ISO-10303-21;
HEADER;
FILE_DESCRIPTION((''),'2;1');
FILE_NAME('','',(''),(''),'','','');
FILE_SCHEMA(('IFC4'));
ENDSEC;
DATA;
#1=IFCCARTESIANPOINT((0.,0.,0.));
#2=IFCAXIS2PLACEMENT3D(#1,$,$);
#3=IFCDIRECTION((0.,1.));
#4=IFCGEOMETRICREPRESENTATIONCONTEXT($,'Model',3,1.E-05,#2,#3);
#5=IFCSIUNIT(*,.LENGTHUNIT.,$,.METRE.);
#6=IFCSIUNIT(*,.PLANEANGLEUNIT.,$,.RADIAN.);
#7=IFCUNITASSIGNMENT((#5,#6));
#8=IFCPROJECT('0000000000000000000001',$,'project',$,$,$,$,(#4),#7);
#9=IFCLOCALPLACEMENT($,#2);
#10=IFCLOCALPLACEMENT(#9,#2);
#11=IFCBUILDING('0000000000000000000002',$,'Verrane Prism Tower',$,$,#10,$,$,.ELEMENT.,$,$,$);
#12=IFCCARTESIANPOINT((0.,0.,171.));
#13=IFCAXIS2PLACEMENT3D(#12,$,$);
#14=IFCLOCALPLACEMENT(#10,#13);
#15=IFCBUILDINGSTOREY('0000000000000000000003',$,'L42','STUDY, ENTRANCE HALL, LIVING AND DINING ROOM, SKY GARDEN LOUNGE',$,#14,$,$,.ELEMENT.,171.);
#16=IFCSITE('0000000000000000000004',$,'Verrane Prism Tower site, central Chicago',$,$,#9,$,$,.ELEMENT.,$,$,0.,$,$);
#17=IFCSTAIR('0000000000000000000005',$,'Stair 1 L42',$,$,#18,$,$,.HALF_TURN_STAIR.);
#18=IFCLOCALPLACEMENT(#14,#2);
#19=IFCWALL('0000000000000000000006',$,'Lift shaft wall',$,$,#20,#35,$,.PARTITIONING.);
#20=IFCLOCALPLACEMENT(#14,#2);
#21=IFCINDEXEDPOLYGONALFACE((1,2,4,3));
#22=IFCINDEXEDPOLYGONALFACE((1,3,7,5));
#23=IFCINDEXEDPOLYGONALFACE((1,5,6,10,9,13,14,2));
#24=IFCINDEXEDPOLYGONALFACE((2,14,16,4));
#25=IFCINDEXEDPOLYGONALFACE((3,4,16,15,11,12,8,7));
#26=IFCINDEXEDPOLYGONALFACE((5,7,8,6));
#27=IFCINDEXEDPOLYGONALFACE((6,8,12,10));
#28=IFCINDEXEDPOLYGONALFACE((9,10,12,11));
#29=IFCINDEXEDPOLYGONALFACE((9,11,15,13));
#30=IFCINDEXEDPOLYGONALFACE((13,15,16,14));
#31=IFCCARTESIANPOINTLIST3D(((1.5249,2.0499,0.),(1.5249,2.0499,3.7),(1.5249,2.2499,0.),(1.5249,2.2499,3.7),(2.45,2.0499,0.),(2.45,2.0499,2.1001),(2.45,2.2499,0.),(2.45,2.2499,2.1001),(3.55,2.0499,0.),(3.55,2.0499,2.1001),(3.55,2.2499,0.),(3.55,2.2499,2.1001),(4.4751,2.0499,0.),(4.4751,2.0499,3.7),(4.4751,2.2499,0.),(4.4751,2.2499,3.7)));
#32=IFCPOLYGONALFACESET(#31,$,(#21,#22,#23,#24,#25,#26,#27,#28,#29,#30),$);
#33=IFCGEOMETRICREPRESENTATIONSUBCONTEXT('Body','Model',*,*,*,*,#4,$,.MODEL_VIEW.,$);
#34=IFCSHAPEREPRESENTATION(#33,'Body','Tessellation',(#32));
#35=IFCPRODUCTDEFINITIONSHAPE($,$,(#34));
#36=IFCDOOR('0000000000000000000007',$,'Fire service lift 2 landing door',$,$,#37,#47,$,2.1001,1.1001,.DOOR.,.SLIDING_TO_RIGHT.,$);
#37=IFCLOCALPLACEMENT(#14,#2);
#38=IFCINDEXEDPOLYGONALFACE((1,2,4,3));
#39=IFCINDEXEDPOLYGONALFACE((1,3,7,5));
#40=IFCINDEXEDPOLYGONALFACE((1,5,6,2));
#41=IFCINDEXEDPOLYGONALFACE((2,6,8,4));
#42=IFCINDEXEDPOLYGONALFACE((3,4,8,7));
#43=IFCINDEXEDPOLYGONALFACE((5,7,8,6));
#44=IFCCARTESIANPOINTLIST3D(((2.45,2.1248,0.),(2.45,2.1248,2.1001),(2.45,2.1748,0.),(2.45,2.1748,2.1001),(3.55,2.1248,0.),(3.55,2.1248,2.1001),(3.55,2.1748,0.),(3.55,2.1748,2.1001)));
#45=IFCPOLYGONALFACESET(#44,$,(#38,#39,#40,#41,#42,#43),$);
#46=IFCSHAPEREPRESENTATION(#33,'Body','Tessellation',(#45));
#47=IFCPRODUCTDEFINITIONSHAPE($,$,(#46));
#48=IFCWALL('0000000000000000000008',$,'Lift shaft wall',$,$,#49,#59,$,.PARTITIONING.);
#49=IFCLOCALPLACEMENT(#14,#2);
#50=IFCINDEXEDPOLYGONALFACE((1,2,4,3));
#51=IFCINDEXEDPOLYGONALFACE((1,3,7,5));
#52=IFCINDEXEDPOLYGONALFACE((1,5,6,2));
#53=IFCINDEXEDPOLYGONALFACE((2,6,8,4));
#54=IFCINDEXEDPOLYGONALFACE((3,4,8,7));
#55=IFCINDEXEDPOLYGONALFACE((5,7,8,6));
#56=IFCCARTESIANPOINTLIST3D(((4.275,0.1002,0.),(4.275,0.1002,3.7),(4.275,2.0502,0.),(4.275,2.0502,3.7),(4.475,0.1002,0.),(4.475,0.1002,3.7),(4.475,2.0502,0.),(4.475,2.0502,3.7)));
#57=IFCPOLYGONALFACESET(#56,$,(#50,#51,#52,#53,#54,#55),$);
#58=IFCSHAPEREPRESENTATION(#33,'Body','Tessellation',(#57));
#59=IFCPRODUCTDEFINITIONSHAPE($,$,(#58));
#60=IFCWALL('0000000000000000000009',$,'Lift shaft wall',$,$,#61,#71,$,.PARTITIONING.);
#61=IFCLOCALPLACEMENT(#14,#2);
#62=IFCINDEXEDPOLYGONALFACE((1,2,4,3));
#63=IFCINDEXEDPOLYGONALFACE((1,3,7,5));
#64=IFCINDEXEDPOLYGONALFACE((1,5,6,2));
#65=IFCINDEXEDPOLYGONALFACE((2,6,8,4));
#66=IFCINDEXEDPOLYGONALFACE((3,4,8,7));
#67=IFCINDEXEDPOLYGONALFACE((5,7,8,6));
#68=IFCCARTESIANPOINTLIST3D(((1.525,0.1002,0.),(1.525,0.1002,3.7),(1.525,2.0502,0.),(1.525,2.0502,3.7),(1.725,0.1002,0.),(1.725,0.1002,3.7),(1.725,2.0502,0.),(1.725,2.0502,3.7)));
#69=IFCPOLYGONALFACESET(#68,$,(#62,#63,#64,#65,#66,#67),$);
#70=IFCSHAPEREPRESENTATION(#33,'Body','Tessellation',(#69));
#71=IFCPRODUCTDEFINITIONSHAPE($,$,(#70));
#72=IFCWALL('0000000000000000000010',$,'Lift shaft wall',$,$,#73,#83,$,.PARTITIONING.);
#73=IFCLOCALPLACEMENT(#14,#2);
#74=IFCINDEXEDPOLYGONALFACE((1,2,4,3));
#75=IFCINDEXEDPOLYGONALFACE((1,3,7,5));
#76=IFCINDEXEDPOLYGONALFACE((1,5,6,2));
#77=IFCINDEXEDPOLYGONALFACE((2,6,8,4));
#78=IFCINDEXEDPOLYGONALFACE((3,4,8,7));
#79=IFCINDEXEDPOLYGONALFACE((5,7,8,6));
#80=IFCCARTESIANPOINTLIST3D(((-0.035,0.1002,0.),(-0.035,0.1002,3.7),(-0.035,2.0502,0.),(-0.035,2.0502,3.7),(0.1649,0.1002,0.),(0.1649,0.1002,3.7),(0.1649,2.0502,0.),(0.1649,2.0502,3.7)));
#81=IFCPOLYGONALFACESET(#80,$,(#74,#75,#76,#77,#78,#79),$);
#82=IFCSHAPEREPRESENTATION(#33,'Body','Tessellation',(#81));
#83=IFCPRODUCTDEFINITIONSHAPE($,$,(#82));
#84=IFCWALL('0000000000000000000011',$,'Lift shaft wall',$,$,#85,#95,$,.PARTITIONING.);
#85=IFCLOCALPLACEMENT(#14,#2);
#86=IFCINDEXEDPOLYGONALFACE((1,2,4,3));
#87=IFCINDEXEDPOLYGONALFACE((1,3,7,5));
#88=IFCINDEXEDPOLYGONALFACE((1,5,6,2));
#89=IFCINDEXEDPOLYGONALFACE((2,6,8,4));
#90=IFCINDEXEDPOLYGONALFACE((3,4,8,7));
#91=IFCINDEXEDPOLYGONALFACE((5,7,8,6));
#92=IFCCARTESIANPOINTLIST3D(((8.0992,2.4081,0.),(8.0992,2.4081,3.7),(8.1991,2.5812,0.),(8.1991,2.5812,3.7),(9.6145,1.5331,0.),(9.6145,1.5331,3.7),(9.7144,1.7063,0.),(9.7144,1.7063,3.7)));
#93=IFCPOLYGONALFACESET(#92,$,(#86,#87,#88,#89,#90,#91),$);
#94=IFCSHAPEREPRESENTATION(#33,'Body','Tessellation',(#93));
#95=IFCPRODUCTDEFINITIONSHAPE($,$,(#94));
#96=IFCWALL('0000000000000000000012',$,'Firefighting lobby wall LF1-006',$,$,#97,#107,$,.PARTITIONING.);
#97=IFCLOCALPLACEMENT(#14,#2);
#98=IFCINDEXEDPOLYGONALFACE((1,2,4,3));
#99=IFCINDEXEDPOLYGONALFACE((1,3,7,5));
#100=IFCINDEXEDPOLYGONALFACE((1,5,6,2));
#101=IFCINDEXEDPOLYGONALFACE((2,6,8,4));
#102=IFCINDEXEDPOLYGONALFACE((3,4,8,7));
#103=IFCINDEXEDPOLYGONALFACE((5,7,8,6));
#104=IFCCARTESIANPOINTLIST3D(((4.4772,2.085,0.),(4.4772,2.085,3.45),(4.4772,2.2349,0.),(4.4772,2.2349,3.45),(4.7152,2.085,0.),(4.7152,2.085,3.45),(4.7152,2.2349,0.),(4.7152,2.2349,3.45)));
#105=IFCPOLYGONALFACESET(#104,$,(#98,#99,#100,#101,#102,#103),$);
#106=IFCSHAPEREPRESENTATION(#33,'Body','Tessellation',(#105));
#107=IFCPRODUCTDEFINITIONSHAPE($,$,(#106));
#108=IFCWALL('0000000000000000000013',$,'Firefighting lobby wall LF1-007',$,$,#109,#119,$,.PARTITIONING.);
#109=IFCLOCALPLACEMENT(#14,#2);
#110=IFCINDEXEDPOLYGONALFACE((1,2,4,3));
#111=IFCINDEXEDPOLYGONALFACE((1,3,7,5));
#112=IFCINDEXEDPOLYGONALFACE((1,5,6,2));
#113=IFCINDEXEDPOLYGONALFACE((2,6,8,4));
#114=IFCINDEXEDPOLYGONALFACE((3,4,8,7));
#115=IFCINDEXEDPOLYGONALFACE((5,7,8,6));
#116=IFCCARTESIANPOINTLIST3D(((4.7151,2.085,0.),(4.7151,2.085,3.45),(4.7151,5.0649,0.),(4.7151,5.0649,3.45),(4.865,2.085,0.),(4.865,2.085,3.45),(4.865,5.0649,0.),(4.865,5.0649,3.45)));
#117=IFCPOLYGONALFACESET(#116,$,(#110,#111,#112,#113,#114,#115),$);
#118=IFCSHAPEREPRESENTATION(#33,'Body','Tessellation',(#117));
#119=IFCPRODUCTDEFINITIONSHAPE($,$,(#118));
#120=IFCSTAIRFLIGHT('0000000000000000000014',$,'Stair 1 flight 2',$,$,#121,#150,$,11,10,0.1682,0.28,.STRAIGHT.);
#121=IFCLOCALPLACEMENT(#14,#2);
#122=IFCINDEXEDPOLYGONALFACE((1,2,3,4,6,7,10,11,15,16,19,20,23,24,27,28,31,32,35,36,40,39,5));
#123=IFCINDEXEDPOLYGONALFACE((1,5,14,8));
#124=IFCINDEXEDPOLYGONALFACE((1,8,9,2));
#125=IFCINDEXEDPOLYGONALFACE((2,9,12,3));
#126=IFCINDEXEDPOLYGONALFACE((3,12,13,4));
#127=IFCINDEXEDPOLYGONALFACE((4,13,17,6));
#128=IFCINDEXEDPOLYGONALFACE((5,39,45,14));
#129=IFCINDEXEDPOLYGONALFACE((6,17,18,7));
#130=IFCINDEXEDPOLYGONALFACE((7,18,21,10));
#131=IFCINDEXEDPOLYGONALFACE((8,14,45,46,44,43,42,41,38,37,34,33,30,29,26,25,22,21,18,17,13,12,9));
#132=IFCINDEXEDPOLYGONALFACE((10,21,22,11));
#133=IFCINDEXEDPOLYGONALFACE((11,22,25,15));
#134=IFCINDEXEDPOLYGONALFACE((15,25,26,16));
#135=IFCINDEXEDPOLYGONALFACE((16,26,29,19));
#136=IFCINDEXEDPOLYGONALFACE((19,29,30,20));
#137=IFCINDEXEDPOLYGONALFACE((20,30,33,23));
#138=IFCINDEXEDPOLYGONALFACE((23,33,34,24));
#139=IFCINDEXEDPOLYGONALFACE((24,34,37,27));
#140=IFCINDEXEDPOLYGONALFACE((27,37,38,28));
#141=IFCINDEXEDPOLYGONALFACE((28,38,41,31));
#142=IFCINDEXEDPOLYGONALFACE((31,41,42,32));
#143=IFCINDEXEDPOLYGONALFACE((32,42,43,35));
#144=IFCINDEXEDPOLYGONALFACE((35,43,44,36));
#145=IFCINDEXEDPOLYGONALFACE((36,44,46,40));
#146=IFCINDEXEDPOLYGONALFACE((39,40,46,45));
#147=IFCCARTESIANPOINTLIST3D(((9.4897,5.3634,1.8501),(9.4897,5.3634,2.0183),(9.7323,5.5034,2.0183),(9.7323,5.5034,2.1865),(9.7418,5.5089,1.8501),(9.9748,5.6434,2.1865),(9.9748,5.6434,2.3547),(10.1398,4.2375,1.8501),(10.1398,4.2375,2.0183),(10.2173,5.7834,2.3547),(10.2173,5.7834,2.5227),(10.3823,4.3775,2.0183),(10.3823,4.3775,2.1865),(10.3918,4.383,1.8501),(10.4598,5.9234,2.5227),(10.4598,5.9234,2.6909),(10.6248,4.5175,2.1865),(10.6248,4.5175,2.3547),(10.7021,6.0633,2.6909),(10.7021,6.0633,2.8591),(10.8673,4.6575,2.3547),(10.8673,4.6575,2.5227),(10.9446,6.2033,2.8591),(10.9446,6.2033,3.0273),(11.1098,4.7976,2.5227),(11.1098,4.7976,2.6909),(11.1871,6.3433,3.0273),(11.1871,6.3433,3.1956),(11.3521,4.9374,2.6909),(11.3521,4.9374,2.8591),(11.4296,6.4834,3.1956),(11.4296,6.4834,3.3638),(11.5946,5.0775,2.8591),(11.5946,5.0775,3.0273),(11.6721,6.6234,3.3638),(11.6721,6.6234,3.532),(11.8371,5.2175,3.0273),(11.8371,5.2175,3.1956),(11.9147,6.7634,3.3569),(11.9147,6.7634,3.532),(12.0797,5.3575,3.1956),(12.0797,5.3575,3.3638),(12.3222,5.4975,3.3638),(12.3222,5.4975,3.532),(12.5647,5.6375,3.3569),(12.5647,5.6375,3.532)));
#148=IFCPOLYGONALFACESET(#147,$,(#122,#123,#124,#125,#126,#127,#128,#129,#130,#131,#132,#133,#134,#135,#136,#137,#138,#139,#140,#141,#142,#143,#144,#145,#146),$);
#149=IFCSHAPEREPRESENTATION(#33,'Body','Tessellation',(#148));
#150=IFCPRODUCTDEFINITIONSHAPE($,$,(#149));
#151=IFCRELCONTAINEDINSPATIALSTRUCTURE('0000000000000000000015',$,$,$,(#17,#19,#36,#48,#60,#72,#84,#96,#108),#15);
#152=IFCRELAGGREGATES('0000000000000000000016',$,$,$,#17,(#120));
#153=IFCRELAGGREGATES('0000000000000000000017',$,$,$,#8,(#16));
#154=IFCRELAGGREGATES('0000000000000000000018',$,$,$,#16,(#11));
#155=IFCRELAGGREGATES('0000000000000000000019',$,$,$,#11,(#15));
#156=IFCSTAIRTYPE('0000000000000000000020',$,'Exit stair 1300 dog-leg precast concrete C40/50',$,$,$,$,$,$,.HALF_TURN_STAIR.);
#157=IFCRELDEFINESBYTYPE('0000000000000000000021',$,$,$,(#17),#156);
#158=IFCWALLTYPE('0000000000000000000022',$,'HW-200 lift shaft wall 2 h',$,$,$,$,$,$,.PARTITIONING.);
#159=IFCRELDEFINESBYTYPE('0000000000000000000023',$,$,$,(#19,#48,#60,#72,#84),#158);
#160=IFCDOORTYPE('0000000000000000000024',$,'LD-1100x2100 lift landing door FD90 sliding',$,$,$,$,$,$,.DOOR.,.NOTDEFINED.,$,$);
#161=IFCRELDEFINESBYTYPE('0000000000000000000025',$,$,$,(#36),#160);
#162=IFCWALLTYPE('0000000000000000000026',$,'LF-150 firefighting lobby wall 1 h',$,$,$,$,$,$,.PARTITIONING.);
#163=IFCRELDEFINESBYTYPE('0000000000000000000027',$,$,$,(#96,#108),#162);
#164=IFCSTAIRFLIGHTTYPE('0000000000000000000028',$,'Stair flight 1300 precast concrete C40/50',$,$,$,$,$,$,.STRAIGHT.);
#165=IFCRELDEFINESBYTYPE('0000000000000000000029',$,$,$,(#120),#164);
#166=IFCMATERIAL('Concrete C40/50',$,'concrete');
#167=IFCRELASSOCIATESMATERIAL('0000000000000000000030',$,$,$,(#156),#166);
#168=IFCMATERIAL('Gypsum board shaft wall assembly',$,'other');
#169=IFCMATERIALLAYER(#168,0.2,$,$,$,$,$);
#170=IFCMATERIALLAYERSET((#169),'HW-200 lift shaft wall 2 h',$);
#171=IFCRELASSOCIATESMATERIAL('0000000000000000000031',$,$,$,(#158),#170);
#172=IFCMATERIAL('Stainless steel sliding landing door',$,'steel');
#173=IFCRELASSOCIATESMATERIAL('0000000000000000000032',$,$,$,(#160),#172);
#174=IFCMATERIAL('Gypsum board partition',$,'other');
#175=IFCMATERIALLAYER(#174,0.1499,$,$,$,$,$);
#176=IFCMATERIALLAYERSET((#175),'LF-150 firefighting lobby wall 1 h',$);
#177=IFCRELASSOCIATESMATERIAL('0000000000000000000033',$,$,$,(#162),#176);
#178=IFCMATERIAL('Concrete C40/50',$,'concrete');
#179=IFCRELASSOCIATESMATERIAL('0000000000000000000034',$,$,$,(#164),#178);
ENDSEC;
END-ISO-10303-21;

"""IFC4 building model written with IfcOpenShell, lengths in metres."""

from ifc_helpers import new_model, si_unit, direction, frame, frame_2d, origin, place, context, subcontext, project, spatial, polyline, rectangle, outline, extrude, material, layer, layer_set, type_object, element, fill, aggregate, save


model = new_model("IFC4")

# Units and contexts
model_context = context("Model", 3, precision=1e-05, world=origin(), true_north=direction((0.0, 1.0)))
body_context = subcontext(model_context, "Body", "Model", "MODEL_VIEW")
ifc_project = project(units=[si_unit("LENGTHUNIT", "METRE"), si_unit("PLANEANGLEUNIT", "RADIAN")], contexts=[model_context])

# Site, building, storey
site_placement = place(None, origin())
site = spatial("IfcSite", under=ifc_project, at=site_placement, Name="Verrane Prism Tower site, central Chicago", CompositionType="ELEMENT", RefElevation=0.0)
building_placement = place(site_placement, origin())
building = spatial("IfcBuilding", under=site, at=building_placement, Name="Verrane Prism Tower", CompositionType="ELEMENT")
storey_placement = place(building_placement, frame((0.0, 0.0, 171.0)))
storey = spatial("IfcBuildingStorey", under=building, at=storey_placement, Name="L42", Description="STUDY, ENTRANCE HALL, LIVING AND DINING ROOM, SKY GARDEN LOUNGE", CompositionType="ELEMENT", Elevation=171.0)

# Stair
ifc_material_1 = material(Name="Concrete C40/50", Category="concrete")
stair_type = type_object("IfcStairType", Name="Exit stair 1300 dog-leg precast concrete C40/50", PredefinedType="HALF_TURN_STAIR", material=ifc_material_1)
stair_1_placement = place(storey_placement, origin())
stair_1 = element("IfcStair", 1, at=stair_1_placement, inside=storey, type_object=stair_type, Name="Stair 1 L42", PredefinedType="HALF_TURN_STAIR")

# Wall, opening, door
ifc_material_2 = material(Name="Gypsum board shaft wall assembly", Category="other")
ifc_layer_1 = layer(ifc_material_2, 0.2)
ifc_layer_set_1 = layer_set([ifc_layer_1], Name="HW-200 lift shaft wall 2 h")
wall_type_1 = type_object("IfcWallType", Name="HW-200 lift shaft wall 2 h", PredefinedType="PARTITIONING", material=ifc_layer_set_1)
wall_1_placement = place(storey_placement, frame((1.5249, 2.1499, 0.0), z_axis=(0.0, 0.0, 1.0), x_axis=(1.0, 0.0, 0.0)))
wall_1 = element("IfcWall", 2, at=wall_1_placement, inside=storey, type_object=wall_type_1, Name="Lift shaft wall", PredefinedType="PARTITIONING", context=body_context, shape_type="SweptSolid", body=[
    extrude(rectangle(XDim=2.9502, YDim=0.2, at=frame_2d((1.4751, 0.0))), origin(), (0.0, 0.0, 1.0), 3.7),
])
opening_placement = place(wall_1_placement, frame((0.925, 0.0, 0.0)))
opening = element("IfcOpeningElement", 3, at=opening_placement, cuts=wall_1, PredefinedType="OPENING", context=body_context, shape_type="SweptSolid", body=[
    extrude(rectangle(XDim=1.1001, YDim=2.1001, at=frame_2d((0.55, 1.05))), frame((0.0, 0.1099, 0.0), z_axis=(0.0, -1.0, 0.0), x_axis=(1.0, 0.0, 0.0)), (0.0, 0.0, 1.0), 0.22),
])
ifc_material_3 = material(Name="Stainless steel sliding landing door", Category="steel")
door_type = type_object("IfcDoorType", Name="LD-1100x2100 lift landing door FD90 sliding", OperationType="NOTDEFINED", PredefinedType="DOOR", material=ifc_material_3)
door_placement = place(opening_placement, origin())
door = element("IfcDoor", 4, at=door_placement, inside=storey, type_object=door_type, Name="Fire service lift 2 landing door", OperationType="SLIDING_TO_RIGHT", OverallHeight=2.1001, OverallWidth=1.1001, PredefinedType="DOOR", context=body_context, shape_type="SweptSolid", body=[
    extrude(rectangle(XDim=1.1001, YDim=2.1001, at=frame_2d((0.55, 1.05))), frame((0.0, 0.0249, 0.0), z_axis=(0.0, -1.0, 0.0), x_axis=(1.0, 0.0, 0.0)), (0.0, 0.0, 1.0), 0.05),
])
fill(opening, door)

# Walls
for number, where, z_axis, x_axis, name in (
    (5, (4.375, 0.1001, 0.0), (0.0, 0.0, 1.0), (0.0, 1.0, 0.0), "Lift shaft wall"),
    (6, (1.625, 0.1001, 0.0), (0.0, 0.0, 1.0), (0.0, 1.0, 0.0), "Lift shaft wall"),
    (7, (0.0649, 0.1001, 0.0), (0.0, 0.0, 1.0), (0.0, 1.0, 0.0), "Lift shaft wall"),
):
    element("IfcWall", number, at=place(storey_placement, frame(where, z_axis=z_axis, x_axis=x_axis)), inside=storey, type_object=wall_type_1, Name=name, PredefinedType="PARTITIONING", context=body_context, shape_type="SweptSolid", body=[
        extrude(rectangle(XDim=1.95, YDim=0.2, at=frame_2d((0.9751, 0.0))), origin(), (0.0, 0.0, 1.0), 3.7),
    ])
wall_2_placement = place(storey_placement, frame((9.6646, 1.6196, 0.0), z_axis=(0.0, 0.0, 1.0), x_axis=(-0.866002, 0.50004, 0.0)))
element("IfcWall", 8, at=wall_2_placement, inside=storey, type_object=wall_type_1, Name="Lift shaft wall", PredefinedType="PARTITIONING", context=body_context, shape_type="SweptSolid", body=[
    extrude(rectangle(XDim=1.7498, YDim=0.2, at=frame_2d((0.875, 0.0))), origin(), (0.0, 0.0, 1.0), 3.7),
])
ifc_material_4 = material(Name="Gypsum board partition", Category="other")
ifc_layer_2 = layer(ifc_material_4, 0.1499)
ifc_layer_set_2 = layer_set([ifc_layer_2], Name="LF-150 firefighting lobby wall 1 h")
wall_type_2 = type_object("IfcWallType", Name="LF-150 firefighting lobby wall 1 h", PredefinedType="PARTITIONING", material=ifc_layer_set_2)
wall_3_placement = place(storey_placement, frame((4.4771, 2.1599, 0.0), z_axis=(0.0, 0.0, 1.0), x_axis=(1.0, 0.0, 0.0)))
element("IfcWall", 9, at=wall_3_placement, inside=storey, type_object=wall_type_2, Name="Firefighting lobby wall LF1-006", PredefinedType="PARTITIONING", context=body_context, shape_type="SweptSolid", body=[
    extrude(rectangle(XDim=0.238, YDim=0.1499, at=frame_2d((0.1191, 0.0))), origin(), (0.0, 0.0, 1.0), 3.45),
])
wall_4_placement = place(storey_placement, frame((4.79, 2.085, 0.0), z_axis=(0.0, 0.0, 1.0), x_axis=(0.0, 1.0, 0.0)))
element("IfcWall", 10, at=wall_4_placement, inside=storey, type_object=wall_type_2, Name="Firefighting lobby wall LF1-007", PredefinedType="PARTITIONING", context=body_context, shape_type="SweptSolid", body=[
    extrude(rectangle(XDim=2.98, YDim=0.1499, at=frame_2d((1.49, 0.0))), origin(), (0.0, 0.0, 1.0), 3.45),
])

# Stair flight
ifc_material_5 = material(Name="Concrete C40/50", Category="concrete")
stair_flight_type = type_object("IfcStairFlightType", Name="Stair flight 1300 precast concrete C40/50", PredefinedType="STRAIGHT", material=ifc_material_5)
stair_flight_placement = place(storey_placement, frame((9.8147, 4.8005, 1.8501), z_axis=(0.0, 0.0, 1.0), x_axis=(0.866025, 0.5, 0.0)))
stair_flight = element("IfcStairFlight", 11, at=stair_flight_placement, type_object=stair_flight_type, Name="Stair 1 flight 2", NumberOfRisers=11, NumberOfTreads=10, PredefinedType="STRAIGHT", RiserHeight=0.1682, TreadLength=0.28, context=body_context, shape_type="SweptSolid", body=[
    extrude(outline(polyline([(0.0, 0.0), (0.0, 0.1682), (0.28, 0.1682), (0.28, 0.3364), (0.5601, 0.3364), (0.5601, 0.5046), (0.8401, 0.5046), (0.8401, 0.6726), (1.1201, 0.6726), (1.1201, 0.8408), (1.3999, 0.8408), (1.3999, 1.009), (1.6799, 1.009), (1.6799, 1.1772), (1.96, 1.1772), (1.96, 1.3455), (2.24, 1.3455), (2.24, 1.5137), (2.52, 1.5137), (2.52, 1.6819), (2.8, 1.6819), (2.8, 1.8501), (2.8, 1.5068), (0.291, 0.0), (0.0, 0.0)])), frame((0.0, 0.6499, 0.0), z_axis=(0.0, -1.0, 0.0), x_axis=(1.0, 0.0, 0.0)), (0.0, 0.0, 1.0), 1.3),
])
aggregate(stair_1, [stair_flight])

save(model, "model.ifc")
